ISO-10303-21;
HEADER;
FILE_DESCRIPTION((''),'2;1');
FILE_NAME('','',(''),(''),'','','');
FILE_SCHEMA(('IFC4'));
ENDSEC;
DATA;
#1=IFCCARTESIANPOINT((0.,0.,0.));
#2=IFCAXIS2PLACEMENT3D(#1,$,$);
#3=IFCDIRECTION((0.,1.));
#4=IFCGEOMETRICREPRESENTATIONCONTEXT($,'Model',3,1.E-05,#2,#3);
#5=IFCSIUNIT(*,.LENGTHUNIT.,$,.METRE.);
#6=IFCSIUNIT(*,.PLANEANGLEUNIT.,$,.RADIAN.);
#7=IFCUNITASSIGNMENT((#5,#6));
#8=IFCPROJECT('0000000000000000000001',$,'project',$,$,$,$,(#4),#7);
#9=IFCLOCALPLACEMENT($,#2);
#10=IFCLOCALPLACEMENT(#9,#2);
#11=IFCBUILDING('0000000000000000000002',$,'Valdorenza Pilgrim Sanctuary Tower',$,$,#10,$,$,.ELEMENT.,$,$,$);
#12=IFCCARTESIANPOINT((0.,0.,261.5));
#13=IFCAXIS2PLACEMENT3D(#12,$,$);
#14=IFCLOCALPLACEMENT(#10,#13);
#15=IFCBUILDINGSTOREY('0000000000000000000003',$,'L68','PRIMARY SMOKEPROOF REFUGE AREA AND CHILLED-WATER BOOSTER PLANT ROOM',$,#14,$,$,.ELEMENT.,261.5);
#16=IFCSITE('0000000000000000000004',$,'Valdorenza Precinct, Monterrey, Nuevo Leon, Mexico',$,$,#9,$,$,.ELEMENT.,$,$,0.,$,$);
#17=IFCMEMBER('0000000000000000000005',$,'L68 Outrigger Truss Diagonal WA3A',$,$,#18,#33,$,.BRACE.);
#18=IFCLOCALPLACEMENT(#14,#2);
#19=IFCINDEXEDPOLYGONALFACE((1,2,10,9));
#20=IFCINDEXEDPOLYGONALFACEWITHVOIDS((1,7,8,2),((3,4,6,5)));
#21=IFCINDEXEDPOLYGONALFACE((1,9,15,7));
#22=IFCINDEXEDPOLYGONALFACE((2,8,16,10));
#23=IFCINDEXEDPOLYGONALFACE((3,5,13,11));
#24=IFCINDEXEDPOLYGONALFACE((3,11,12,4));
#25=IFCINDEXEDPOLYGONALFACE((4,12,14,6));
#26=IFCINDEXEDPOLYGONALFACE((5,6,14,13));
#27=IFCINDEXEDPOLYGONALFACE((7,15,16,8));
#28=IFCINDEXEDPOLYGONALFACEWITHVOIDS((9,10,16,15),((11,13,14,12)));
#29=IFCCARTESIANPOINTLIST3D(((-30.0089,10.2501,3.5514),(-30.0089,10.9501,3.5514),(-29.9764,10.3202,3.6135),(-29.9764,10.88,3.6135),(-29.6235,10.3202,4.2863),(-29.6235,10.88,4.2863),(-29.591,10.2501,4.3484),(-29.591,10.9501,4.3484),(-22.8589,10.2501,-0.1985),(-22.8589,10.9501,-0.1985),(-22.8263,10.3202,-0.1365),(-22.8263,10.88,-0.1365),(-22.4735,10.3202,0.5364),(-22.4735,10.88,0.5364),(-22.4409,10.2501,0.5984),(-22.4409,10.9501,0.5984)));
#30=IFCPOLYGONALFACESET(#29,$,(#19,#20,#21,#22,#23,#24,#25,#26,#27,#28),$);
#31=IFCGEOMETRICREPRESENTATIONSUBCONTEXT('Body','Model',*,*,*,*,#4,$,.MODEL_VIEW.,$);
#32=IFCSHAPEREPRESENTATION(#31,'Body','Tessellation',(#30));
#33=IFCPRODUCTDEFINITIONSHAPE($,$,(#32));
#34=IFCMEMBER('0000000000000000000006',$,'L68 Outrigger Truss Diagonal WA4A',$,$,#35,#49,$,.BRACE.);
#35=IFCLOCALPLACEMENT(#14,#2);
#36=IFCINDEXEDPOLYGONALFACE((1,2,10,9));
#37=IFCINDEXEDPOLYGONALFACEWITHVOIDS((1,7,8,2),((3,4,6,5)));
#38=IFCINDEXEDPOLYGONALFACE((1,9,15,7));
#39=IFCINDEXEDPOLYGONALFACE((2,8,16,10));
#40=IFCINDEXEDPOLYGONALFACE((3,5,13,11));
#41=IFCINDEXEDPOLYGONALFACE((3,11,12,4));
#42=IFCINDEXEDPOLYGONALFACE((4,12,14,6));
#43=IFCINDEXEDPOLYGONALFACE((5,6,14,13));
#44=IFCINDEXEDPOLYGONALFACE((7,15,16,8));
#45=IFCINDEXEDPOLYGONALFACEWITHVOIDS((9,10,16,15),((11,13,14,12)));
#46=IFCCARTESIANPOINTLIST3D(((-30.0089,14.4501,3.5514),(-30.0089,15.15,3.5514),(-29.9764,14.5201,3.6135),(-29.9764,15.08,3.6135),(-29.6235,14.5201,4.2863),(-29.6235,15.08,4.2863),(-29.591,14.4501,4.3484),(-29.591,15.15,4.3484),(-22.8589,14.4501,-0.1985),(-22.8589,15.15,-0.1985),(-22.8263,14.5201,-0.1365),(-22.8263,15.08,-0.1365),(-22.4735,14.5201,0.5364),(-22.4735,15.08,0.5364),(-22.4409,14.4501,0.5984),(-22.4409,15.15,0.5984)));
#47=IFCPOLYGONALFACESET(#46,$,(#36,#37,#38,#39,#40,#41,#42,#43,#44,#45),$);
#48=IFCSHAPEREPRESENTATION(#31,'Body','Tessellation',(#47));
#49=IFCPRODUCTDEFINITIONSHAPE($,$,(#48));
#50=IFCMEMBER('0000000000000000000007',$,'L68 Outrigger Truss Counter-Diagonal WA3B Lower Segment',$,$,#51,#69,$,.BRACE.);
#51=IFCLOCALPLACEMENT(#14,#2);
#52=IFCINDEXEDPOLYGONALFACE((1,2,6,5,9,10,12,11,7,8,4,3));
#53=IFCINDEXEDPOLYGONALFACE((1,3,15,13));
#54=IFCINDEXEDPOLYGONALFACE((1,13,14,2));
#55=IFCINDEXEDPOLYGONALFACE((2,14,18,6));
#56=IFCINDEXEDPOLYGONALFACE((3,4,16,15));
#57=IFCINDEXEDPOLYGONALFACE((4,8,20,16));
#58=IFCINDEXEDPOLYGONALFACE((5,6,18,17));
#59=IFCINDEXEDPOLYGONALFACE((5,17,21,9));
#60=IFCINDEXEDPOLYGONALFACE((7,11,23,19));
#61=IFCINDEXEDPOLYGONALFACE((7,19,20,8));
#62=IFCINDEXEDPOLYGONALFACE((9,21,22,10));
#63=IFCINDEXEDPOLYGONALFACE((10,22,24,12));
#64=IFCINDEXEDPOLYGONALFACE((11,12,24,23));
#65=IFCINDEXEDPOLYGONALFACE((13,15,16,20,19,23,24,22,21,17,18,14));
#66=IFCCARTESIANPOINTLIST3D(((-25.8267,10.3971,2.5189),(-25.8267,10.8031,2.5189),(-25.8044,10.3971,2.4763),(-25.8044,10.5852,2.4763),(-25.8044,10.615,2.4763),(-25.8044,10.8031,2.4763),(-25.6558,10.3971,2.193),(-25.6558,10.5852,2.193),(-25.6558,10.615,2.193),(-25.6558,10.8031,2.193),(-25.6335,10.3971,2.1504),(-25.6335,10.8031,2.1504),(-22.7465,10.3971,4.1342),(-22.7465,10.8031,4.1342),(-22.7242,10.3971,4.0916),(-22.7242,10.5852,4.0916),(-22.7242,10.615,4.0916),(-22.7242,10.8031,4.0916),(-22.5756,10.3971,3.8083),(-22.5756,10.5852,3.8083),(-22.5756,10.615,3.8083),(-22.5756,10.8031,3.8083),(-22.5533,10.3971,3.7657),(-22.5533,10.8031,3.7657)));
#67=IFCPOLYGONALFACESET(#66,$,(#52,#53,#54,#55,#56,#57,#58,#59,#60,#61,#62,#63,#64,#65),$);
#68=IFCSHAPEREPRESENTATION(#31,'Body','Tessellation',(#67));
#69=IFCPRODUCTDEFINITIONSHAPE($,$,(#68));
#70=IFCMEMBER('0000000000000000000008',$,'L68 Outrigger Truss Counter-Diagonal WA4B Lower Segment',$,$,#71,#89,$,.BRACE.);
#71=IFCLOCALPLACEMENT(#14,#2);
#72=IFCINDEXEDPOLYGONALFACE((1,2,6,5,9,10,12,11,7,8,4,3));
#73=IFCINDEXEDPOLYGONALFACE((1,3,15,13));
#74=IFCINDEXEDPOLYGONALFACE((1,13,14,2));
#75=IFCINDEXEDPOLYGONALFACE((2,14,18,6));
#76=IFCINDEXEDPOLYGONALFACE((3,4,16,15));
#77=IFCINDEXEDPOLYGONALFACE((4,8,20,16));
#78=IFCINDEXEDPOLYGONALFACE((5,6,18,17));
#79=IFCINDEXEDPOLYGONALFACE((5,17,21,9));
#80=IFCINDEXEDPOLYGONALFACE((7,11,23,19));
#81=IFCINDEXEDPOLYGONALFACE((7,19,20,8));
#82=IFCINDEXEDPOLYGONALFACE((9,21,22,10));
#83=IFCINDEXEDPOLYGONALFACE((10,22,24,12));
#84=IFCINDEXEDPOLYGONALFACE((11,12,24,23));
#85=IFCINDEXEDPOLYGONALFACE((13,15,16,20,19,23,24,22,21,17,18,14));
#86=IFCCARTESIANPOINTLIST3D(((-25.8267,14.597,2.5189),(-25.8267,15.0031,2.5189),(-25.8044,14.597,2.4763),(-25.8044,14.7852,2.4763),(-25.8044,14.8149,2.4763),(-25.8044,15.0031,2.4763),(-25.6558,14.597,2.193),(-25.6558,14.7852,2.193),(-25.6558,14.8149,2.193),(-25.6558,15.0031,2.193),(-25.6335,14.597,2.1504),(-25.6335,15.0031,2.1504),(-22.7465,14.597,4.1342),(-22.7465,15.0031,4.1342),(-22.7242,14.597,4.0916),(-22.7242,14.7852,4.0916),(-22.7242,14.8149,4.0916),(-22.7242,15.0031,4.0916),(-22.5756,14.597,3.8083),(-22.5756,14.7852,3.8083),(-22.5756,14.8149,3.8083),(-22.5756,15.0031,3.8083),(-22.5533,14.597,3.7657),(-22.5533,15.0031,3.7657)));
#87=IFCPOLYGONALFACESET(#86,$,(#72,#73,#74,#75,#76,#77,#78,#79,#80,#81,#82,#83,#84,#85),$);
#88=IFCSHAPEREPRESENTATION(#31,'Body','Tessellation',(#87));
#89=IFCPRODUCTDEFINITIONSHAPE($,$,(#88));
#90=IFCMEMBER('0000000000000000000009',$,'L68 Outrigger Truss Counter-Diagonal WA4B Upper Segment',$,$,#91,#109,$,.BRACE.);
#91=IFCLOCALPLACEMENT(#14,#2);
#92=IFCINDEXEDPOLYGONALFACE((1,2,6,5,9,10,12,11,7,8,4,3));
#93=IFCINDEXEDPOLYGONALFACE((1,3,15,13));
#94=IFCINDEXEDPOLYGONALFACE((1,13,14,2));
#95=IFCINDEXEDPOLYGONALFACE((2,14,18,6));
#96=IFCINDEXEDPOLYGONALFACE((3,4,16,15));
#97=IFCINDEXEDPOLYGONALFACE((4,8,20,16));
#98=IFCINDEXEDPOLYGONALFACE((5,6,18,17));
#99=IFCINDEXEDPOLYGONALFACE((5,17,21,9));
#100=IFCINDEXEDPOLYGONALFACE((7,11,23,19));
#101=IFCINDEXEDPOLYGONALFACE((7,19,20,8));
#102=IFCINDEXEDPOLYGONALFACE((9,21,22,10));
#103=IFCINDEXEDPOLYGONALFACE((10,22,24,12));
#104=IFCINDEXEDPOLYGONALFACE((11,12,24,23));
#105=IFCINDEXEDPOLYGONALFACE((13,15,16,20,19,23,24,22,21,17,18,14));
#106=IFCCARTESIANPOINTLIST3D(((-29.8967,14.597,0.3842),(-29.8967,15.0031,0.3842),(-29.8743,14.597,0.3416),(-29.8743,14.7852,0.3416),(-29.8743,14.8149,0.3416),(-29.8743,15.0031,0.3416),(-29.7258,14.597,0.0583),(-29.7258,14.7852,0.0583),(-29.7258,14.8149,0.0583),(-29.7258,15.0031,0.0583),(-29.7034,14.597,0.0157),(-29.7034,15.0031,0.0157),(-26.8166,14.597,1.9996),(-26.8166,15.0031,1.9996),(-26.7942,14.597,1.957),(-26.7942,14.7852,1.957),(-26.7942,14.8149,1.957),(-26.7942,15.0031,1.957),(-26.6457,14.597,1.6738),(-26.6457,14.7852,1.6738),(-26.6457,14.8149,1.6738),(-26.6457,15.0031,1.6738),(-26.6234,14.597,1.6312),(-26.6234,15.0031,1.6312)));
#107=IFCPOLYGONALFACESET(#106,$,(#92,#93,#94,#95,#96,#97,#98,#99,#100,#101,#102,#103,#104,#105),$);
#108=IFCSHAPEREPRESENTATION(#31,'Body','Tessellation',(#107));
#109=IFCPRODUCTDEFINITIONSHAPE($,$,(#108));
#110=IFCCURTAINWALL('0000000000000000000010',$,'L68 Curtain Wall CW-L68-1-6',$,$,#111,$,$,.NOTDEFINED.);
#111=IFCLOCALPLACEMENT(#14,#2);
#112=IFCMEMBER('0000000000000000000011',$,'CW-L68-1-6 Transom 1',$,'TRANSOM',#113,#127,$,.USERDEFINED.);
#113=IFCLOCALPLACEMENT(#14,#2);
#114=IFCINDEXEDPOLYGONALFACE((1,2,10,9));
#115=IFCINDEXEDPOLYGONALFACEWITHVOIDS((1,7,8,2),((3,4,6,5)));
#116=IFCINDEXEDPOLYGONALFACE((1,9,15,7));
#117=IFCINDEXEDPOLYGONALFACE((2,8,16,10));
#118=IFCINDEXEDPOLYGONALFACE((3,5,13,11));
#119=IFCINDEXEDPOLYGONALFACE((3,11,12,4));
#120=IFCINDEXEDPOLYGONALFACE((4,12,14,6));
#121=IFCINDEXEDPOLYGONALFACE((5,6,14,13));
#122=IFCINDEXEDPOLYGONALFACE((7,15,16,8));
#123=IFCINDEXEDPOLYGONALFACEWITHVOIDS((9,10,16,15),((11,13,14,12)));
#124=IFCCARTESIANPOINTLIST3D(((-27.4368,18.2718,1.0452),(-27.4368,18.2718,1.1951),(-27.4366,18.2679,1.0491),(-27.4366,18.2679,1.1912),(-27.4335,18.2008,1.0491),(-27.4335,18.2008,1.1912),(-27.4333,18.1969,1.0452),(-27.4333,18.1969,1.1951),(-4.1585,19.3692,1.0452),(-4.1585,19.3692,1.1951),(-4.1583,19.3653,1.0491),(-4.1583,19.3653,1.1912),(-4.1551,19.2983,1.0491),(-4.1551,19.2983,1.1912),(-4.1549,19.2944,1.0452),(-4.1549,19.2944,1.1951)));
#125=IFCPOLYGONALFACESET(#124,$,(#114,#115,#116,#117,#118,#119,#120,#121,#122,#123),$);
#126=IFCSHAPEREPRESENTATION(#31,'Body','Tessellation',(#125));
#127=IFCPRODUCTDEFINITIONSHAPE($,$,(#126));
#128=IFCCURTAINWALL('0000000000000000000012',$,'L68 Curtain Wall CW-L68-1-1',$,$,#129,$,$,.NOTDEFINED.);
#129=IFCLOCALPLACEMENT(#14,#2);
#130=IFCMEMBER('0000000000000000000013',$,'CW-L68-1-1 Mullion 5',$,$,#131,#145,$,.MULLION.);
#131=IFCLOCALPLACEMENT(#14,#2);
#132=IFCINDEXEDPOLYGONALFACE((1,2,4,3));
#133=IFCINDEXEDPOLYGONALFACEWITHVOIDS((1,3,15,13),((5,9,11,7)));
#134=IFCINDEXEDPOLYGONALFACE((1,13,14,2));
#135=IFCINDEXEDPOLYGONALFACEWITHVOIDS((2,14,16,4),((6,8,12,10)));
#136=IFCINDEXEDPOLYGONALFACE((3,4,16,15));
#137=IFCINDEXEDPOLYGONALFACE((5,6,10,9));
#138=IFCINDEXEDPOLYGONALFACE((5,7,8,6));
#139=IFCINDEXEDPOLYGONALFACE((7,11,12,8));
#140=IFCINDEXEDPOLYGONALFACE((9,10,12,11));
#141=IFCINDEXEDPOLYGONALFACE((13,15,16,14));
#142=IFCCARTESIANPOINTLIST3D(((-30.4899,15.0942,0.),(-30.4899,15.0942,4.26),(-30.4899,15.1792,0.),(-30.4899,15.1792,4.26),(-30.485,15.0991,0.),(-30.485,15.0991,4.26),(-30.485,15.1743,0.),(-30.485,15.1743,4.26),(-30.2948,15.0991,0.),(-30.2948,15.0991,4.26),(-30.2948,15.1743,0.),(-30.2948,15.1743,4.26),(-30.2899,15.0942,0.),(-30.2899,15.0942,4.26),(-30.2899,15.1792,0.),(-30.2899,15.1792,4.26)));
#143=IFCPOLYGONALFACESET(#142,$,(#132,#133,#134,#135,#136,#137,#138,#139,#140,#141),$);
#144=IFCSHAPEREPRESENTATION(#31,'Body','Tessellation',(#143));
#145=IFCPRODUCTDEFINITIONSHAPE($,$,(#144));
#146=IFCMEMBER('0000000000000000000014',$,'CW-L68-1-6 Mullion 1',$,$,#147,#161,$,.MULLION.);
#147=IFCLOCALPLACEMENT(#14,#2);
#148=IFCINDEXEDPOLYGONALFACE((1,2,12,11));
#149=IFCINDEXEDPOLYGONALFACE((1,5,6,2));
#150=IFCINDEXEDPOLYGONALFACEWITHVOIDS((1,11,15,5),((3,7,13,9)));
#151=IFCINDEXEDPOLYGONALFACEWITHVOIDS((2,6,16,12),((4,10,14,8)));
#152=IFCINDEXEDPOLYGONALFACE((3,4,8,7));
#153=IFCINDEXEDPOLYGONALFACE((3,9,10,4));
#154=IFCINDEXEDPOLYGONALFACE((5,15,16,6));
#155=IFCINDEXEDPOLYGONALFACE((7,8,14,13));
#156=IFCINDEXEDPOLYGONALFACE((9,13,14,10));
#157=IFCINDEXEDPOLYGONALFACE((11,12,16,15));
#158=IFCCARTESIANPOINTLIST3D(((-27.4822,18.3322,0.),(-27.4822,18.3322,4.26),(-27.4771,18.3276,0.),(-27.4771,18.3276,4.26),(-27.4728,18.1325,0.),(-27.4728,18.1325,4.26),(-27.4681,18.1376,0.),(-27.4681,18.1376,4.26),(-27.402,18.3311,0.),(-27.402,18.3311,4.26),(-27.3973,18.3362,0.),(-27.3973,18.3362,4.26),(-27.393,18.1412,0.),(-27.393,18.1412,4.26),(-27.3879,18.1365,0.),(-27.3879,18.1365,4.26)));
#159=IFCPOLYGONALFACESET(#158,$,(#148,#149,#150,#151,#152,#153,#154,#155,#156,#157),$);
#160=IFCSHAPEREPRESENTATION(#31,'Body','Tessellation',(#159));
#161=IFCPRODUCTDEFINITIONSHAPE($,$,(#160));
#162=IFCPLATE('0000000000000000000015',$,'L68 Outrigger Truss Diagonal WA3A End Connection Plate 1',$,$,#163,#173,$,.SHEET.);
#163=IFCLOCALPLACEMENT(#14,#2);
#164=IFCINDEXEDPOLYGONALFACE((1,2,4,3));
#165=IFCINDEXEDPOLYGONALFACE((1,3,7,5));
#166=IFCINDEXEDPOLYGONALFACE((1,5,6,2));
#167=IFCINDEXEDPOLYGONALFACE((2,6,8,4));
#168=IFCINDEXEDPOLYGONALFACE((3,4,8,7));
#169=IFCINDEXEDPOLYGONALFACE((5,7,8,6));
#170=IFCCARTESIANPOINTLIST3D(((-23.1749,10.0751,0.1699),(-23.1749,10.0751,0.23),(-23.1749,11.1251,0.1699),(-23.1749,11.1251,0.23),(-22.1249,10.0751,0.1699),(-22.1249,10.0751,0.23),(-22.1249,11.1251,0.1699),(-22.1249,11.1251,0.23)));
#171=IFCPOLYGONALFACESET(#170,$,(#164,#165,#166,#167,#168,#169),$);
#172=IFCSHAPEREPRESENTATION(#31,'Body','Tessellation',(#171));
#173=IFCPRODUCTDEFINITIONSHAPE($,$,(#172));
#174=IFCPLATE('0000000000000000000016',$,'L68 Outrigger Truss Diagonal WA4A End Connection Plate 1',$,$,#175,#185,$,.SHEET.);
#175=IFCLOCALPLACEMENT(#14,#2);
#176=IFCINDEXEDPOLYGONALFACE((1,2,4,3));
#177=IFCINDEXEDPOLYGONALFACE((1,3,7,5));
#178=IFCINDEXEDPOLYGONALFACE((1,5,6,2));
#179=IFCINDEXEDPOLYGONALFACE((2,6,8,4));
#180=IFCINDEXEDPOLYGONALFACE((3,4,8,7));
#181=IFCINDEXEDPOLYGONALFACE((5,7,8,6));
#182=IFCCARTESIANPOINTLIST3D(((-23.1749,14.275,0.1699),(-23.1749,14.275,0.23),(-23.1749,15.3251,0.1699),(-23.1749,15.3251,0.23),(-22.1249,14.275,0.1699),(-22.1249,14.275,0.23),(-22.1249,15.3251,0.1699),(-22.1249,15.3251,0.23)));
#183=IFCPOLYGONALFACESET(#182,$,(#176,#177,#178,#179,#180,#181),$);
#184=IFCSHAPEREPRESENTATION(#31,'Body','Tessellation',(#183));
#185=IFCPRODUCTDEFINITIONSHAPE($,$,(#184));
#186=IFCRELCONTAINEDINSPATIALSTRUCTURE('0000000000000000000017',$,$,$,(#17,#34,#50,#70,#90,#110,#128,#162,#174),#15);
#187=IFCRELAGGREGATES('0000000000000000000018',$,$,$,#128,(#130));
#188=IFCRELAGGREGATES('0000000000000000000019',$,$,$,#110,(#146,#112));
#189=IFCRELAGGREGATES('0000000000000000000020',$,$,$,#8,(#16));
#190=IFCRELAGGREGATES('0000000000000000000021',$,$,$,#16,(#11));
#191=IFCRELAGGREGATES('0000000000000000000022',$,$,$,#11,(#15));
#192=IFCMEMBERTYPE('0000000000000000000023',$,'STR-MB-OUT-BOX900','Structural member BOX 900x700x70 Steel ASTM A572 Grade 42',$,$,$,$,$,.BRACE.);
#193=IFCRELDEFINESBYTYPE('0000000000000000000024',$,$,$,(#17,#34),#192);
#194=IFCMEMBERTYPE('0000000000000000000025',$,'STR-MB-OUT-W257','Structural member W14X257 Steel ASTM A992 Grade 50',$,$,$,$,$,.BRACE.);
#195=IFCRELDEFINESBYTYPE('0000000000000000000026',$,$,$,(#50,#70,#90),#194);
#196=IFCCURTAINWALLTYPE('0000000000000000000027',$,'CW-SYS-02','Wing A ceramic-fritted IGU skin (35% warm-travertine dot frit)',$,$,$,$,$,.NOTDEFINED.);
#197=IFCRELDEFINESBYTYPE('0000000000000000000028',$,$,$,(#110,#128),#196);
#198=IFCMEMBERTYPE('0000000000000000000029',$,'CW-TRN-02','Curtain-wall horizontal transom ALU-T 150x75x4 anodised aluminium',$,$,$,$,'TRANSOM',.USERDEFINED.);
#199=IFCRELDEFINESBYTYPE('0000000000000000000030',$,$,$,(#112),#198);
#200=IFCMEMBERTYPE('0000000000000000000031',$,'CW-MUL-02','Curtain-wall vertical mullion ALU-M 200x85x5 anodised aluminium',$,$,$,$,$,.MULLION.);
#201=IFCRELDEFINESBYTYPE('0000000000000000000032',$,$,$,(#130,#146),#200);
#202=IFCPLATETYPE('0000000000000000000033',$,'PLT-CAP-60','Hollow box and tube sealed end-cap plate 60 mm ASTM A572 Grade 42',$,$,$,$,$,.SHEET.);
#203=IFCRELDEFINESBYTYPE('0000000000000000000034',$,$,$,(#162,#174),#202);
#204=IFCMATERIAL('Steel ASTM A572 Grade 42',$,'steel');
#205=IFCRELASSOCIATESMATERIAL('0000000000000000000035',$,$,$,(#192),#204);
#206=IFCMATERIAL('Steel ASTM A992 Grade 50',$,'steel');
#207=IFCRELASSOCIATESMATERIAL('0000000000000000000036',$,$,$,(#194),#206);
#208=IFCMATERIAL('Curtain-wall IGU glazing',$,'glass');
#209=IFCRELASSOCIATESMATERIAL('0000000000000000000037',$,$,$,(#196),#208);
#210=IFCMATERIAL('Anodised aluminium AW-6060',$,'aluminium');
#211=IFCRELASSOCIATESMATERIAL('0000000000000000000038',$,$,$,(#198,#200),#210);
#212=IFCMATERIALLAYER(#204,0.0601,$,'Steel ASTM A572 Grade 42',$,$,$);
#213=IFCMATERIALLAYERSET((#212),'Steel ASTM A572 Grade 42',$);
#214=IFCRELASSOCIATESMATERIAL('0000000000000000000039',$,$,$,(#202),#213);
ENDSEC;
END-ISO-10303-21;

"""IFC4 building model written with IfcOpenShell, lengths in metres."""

from ifc_helpers import new_model, si_unit, direction, frame, origin, origin_2d, place, context, subcontext, project, spatial, rectangle, hollow_rectangle, i_section, extrude, source, transform, mapped, material, layer, layer_set, material_profile, profile_set, type_object, element, aggregate, save


model = new_model("IFC4")

# Units and contexts
model_context = context("Model", 3, precision=1e-05, world=origin(), true_north=direction((0.0, 1.0)))
body_context = subcontext(model_context, "Body", "Model", "MODEL_VIEW")
ifc_project = project(units=[si_unit("LENGTHUNIT", "METRE"), si_unit("PLANEANGLEUNIT", "RADIAN")], contexts=[model_context])

# Site, building, storey
site_placement = place(None, origin())
site = spatial("IfcSite", under=ifc_project, at=site_placement, Name="Valdorenza Precinct, Monterrey, Nuevo Leon, Mexico", CompositionType="ELEMENT", RefElevation=0.0)
building_placement = place(site_placement, origin())
building = spatial("IfcBuilding", under=site, at=building_placement, Name="Valdorenza Pilgrim Sanctuary Tower", CompositionType="ELEMENT")
storey_placement = place(building_placement, frame((0.0, 0.0, 261.5)))
storey = spatial("IfcBuildingStorey", under=building, at=storey_placement, Name="L68", Description="PRIMARY SMOKEPROOF REFUGE AREA AND CHILLED-WATER BOOSTER PLANT ROOM", CompositionType="ELEMENT", Elevation=261.5)

# Shared definitions
ifc_material_1 = material(Name="Steel ASTM A992 Grade 50", Category="steel")

# Members
ifc_material_2 = material(Name="Steel ASTM A572 Grade 42", Category="steel")
ifc_material_profile_1 = material_profile(ifc_material_2, hollow_rectangle(XDim=0.7, YDim=0.8999, WallThickness=0.0701, at=origin_2d()), Name="BOX 900x700x70")
ifc_profile_set_1 = profile_set([ifc_material_profile_1], Name="Steel ASTM A572 Grade 42")
member_type_1 = type_object("IfcMemberType", Name="STR-MB-OUT-BOX900", Description="Structural member BOX 900x700x70 Steel ASTM A572 Grade 42", PredefinedType="BRACE", material=ifc_profile_set_1)
shared_shape_1 = source(origin(), body_context, "Body", "SweptSolid", [
    extrude(hollow_rectangle(XDim=0.7, YDim=0.8999, WallThickness=0.0701, at=origin_2d()), origin(), (0.0, 0.0, 1.0), 8.0737),
])
for number, where, z_axis, x_axis, name in (
    (1, (-22.6499, 10.6001, 0.2), (-0.885593, 0.0, 0.464462), (0.0, -1.0, 0.0), "L68 Outrigger Truss Diagonal WA3A"),
    (2, (-22.6499, 14.8, 0.2), (-0.885593, 0.0, 0.464462), (0.0, -1.0, 0.0), "L68 Outrigger Truss Diagonal WA4A"),
):
    element("IfcMember", number, at=place(storey_placement, frame(where, z_axis=z_axis, x_axis=x_axis)), inside=storey, type_object=member_type_1, Name=name, PredefinedType="BRACE", context=body_context, shape_type="MappedRepresentation", body=[
        mapped(shared_shape_1, transform((0.0, 0.0, 0.0), x_axis=(1.0, 0.0, 0.0), y_axis=(0.0, 1.0, 0.0), z_axis=(0.0, 0.0, 1.0), scale=1.0)),
    ])
ifc_material_profile_2 = material_profile(ifc_material_1, i_section(OverallWidth=0.406, OverallDepth=0.416, WebThickness=0.0298, FlangeThickness=0.0481, at=origin_2d()), Name="W14X257")
ifc_profile_set_2 = profile_set([ifc_material_profile_2], Name="Steel ASTM A992 Grade 50")
member_type_2 = type_object("IfcMemberType", Name="STR-MB-OUT-W257", Description="Structural member W14X257 Steel ASTM A992 Grade 50", PredefinedType="BRACE", material=ifc_profile_set_2)
shared_shape_2 = source(origin(), body_context, "Body", "SweptSolid", [
    extrude(i_section(OverallWidth=0.406, OverallDepth=0.416, WebThickness=0.0298, FlangeThickness=0.0481, at=origin_2d()), origin(), (0.0, 0.0, 1.0), 3.478),
])
for number, where, z_axis, x_axis, name in (
    (3, (-22.6499, 10.6001, 3.95), (-0.885612, 0.0, -0.464427), (0.0, -1.0, 0.0), "L68 Outrigger Truss Counter-Diagonal WA3B Lower Segment"),
    (4, (-22.6499, 14.8, 3.95), (-0.885612, 0.0, -0.464427), (0.0, -1.0, 0.0), "L68 Outrigger Truss Counter-Diagonal WA4B Lower Segment"),
    (5, (-26.72, 14.8, 1.8154), (-0.885583, 0.0, -0.464482), (0.0, -1.0, 0.0), "L68 Outrigger Truss Counter-Diagonal WA4B Upper Segment"),
):
    element("IfcMember", number, at=place(storey_placement, frame(where, z_axis=z_axis, x_axis=x_axis)), inside=storey, type_object=member_type_2, Name=name, PredefinedType="BRACE", context=body_context, shape_type="MappedRepresentation", body=[
        mapped(shared_shape_2, transform((0.0, 0.0, 0.0), x_axis=(1.0, 0.0, 0.0), y_axis=(0.0, 1.0, 0.0), z_axis=(0.0, 0.0, 1.0), scale=1.0)),
    ])

# Curtain walls, members
ifc_material_3 = material(Name="Curtain-wall IGU glazing", Category="glass")
curtain_wall_type = type_object("IfcCurtainWallType", Name="CW-SYS-02", Description="Wing A ceramic-fritted IGU skin (35% warm-travertine dot frit)", PredefinedType="NOTDEFINED", material=ifc_material_3)
curtain_wall_1_placement = place(storey_placement, origin())
curtain_wall_1 = element("IfcCurtainWall", 6, at=curtain_wall_1_placement, inside=storey, type_object=curtain_wall_type, Name="L68 Curtain Wall CW-L68-1-6", PredefinedType="NOTDEFINED")
ifc_material_4 = material(Name="Anodised aluminium AW-6060", Category="aluminium")
ifc_material_profile_3 = material_profile(ifc_material_4, hollow_rectangle(XDim=0.075, YDim=0.1499, WallThickness=0.0039, at=origin_2d()), Name="ALU-T 150x75x4")
ifc_profile_set_3 = profile_set([ifc_material_profile_3], Name="Anodised aluminium AW-6060")
member_type_3 = type_object("IfcMemberType", Name="CW-TRN-02", Description="Curtain-wall horizontal transom ALU-T 150x75x4 anodised aluminium", ElementType="TRANSOM", PredefinedType="USERDEFINED", material=ifc_profile_set_3)
shared_shape_3 = source(origin(), body_context, "Body", "SweptSolid", [
    extrude(hollow_rectangle(XDim=0.075, YDim=0.1499, WallThickness=0.0039, at=origin_2d()), origin(), (0.0, 0.0, 1.0), 23.3042),
])
member_1_placement = place(storey_placement, frame((-27.4351, 18.2344, 1.1201), z_axis=(0.998891, 0.047091, 0.0), x_axis=(-0.047091, 0.998891, 0.0)))
member_1 = element("IfcMember", 7, at=member_1_placement, type_object=member_type_3, Name="CW-L68-1-6 Transom 1", ObjectType="TRANSOM", PredefinedType="USERDEFINED", context=body_context, shape_type="MappedRepresentation", body=[
    mapped(shared_shape_3, transform((0.0, 0.0, 0.0), x_axis=(1.0, 0.0, 0.0), y_axis=(0.0, 1.0, 0.0), z_axis=(0.0, 0.0, 1.0), scale=1.0)),
])
curtain_wall_2_placement = place(storey_placement, origin())
curtain_wall_2 = element("IfcCurtainWall", 8, at=curtain_wall_2_placement, inside=storey, type_object=curtain_wall_type, Name="L68 Curtain Wall CW-L68-1-1", PredefinedType="NOTDEFINED")
ifc_material_profile_4 = material_profile(ifc_material_4, hollow_rectangle(XDim=0.085, YDim=0.2, WallThickness=0.0049, at=origin_2d()), Name="ALU-M 200x85x5")
ifc_profile_set_4 = profile_set([ifc_material_profile_4], Name="Anodised aluminium AW-6060")
member_type_4 = type_object("IfcMemberType", Name="CW-MUL-02", Description="Curtain-wall vertical mullion ALU-M 200x85x5 anodised aluminium", PredefinedType="MULLION", material=ifc_profile_set_4)
shared_shape_4 = source(origin(), body_context, "Body", "SweptSolid", [
    extrude(hollow_rectangle(XDim=0.085, YDim=0.2, WallThickness=0.0049, at=origin_2d()), origin(), (0.0, 0.0, 1.0), 4.26),
])
member_2_placement = place(storey_placement, frame((-30.3899, 15.1367, 0.0), z_axis=(0.0, 0.0, 1.0), x_axis=(0.0, 1.0, 0.0)))
member_2 = element("IfcMember", 9, at=member_2_placement, type_object=member_type_4, Name="CW-L68-1-1 Mullion 5", PredefinedType="MULLION", context=body_context, shape_type="MappedRepresentation", body=[
    mapped(shared_shape_4, transform((0.0, 0.0, 0.0), x_axis=(1.0, 0.0, 0.0), y_axis=(0.0, 1.0, 0.0), z_axis=(0.0, 0.0, 1.0), scale=1.0)),
])

# Member
member_3_placement = place(storey_placement, frame((-27.4351, 18.2344, 0.0), z_axis=(0.0, 0.0, 1.0), x_axis=(0.998891, 0.047089, 0.0)))
member_3 = element("IfcMember", 10, at=member_3_placement, type_object=member_type_4, Name="CW-L68-1-6 Mullion 1", PredefinedType="MULLION", context=body_context, shape_type="MappedRepresentation", body=[
    mapped(shared_shape_4, transform((0.0, 0.0, 0.0), x_axis=(1.0, 0.0, 0.0), y_axis=(0.0, 1.0, 0.0), z_axis=(0.0, 0.0, 1.0), scale=1.0)),
])

# Plates
ifc_layer_1 = layer(ifc_material_2, 0.0601, Name="Steel ASTM A572 Grade 42")
ifc_layer_set_1 = layer_set([ifc_layer_1], Name="Steel ASTM A572 Grade 42")
plate_type_1 = type_object("IfcPlateType", Name="PLT-CAP-60", Description="Hollow box and tube sealed end-cap plate 60 mm ASTM A572 Grade 42", PredefinedType="SHEET", material=ifc_layer_set_1)
shared_shape_5 = source(origin(), body_context, "Body", "SweptSolid", [
    extrude(rectangle(XDim=1.05, YDim=1.05, at=origin_2d()), origin(), (0.0, 0.0, 1.0), 0.0601),
])
for number, where, z_axis, x_axis, name in (
    (11, (-22.6499, 10.6001, 0.1699), (0.0, 0.0, 1.0), (1.0, 0.0, 0.0), "L68 Outrigger Truss Diagonal WA3A End Connection Plate 1"),
    (12, (-22.6499, 14.8, 0.1699), (0.0, 0.0, 1.0), (1.0, 0.0, 0.0), "L68 Outrigger Truss Diagonal WA4A End Connection Plate 1"),
):
    element("IfcPlate", number, at=place(storey_placement, frame(where, z_axis=z_axis, x_axis=x_axis)), inside=storey, type_object=plate_type_1, Name=name, PredefinedType="SHEET", context=body_context, shape_type="MappedRepresentation", body=[
        mapped(shared_shape_5, transform((0.0, 0.0, 0.0), x_axis=(1.0, 0.0, 0.0), y_axis=(0.0, 1.0, 0.0), z_axis=(0.0, 0.0, 1.0), scale=1.0)),
    ])

aggregate(curtain_wall_2, [member_2])
aggregate(curtain_wall_1, [member_3, member_1])

save(model, "model.ifc")
